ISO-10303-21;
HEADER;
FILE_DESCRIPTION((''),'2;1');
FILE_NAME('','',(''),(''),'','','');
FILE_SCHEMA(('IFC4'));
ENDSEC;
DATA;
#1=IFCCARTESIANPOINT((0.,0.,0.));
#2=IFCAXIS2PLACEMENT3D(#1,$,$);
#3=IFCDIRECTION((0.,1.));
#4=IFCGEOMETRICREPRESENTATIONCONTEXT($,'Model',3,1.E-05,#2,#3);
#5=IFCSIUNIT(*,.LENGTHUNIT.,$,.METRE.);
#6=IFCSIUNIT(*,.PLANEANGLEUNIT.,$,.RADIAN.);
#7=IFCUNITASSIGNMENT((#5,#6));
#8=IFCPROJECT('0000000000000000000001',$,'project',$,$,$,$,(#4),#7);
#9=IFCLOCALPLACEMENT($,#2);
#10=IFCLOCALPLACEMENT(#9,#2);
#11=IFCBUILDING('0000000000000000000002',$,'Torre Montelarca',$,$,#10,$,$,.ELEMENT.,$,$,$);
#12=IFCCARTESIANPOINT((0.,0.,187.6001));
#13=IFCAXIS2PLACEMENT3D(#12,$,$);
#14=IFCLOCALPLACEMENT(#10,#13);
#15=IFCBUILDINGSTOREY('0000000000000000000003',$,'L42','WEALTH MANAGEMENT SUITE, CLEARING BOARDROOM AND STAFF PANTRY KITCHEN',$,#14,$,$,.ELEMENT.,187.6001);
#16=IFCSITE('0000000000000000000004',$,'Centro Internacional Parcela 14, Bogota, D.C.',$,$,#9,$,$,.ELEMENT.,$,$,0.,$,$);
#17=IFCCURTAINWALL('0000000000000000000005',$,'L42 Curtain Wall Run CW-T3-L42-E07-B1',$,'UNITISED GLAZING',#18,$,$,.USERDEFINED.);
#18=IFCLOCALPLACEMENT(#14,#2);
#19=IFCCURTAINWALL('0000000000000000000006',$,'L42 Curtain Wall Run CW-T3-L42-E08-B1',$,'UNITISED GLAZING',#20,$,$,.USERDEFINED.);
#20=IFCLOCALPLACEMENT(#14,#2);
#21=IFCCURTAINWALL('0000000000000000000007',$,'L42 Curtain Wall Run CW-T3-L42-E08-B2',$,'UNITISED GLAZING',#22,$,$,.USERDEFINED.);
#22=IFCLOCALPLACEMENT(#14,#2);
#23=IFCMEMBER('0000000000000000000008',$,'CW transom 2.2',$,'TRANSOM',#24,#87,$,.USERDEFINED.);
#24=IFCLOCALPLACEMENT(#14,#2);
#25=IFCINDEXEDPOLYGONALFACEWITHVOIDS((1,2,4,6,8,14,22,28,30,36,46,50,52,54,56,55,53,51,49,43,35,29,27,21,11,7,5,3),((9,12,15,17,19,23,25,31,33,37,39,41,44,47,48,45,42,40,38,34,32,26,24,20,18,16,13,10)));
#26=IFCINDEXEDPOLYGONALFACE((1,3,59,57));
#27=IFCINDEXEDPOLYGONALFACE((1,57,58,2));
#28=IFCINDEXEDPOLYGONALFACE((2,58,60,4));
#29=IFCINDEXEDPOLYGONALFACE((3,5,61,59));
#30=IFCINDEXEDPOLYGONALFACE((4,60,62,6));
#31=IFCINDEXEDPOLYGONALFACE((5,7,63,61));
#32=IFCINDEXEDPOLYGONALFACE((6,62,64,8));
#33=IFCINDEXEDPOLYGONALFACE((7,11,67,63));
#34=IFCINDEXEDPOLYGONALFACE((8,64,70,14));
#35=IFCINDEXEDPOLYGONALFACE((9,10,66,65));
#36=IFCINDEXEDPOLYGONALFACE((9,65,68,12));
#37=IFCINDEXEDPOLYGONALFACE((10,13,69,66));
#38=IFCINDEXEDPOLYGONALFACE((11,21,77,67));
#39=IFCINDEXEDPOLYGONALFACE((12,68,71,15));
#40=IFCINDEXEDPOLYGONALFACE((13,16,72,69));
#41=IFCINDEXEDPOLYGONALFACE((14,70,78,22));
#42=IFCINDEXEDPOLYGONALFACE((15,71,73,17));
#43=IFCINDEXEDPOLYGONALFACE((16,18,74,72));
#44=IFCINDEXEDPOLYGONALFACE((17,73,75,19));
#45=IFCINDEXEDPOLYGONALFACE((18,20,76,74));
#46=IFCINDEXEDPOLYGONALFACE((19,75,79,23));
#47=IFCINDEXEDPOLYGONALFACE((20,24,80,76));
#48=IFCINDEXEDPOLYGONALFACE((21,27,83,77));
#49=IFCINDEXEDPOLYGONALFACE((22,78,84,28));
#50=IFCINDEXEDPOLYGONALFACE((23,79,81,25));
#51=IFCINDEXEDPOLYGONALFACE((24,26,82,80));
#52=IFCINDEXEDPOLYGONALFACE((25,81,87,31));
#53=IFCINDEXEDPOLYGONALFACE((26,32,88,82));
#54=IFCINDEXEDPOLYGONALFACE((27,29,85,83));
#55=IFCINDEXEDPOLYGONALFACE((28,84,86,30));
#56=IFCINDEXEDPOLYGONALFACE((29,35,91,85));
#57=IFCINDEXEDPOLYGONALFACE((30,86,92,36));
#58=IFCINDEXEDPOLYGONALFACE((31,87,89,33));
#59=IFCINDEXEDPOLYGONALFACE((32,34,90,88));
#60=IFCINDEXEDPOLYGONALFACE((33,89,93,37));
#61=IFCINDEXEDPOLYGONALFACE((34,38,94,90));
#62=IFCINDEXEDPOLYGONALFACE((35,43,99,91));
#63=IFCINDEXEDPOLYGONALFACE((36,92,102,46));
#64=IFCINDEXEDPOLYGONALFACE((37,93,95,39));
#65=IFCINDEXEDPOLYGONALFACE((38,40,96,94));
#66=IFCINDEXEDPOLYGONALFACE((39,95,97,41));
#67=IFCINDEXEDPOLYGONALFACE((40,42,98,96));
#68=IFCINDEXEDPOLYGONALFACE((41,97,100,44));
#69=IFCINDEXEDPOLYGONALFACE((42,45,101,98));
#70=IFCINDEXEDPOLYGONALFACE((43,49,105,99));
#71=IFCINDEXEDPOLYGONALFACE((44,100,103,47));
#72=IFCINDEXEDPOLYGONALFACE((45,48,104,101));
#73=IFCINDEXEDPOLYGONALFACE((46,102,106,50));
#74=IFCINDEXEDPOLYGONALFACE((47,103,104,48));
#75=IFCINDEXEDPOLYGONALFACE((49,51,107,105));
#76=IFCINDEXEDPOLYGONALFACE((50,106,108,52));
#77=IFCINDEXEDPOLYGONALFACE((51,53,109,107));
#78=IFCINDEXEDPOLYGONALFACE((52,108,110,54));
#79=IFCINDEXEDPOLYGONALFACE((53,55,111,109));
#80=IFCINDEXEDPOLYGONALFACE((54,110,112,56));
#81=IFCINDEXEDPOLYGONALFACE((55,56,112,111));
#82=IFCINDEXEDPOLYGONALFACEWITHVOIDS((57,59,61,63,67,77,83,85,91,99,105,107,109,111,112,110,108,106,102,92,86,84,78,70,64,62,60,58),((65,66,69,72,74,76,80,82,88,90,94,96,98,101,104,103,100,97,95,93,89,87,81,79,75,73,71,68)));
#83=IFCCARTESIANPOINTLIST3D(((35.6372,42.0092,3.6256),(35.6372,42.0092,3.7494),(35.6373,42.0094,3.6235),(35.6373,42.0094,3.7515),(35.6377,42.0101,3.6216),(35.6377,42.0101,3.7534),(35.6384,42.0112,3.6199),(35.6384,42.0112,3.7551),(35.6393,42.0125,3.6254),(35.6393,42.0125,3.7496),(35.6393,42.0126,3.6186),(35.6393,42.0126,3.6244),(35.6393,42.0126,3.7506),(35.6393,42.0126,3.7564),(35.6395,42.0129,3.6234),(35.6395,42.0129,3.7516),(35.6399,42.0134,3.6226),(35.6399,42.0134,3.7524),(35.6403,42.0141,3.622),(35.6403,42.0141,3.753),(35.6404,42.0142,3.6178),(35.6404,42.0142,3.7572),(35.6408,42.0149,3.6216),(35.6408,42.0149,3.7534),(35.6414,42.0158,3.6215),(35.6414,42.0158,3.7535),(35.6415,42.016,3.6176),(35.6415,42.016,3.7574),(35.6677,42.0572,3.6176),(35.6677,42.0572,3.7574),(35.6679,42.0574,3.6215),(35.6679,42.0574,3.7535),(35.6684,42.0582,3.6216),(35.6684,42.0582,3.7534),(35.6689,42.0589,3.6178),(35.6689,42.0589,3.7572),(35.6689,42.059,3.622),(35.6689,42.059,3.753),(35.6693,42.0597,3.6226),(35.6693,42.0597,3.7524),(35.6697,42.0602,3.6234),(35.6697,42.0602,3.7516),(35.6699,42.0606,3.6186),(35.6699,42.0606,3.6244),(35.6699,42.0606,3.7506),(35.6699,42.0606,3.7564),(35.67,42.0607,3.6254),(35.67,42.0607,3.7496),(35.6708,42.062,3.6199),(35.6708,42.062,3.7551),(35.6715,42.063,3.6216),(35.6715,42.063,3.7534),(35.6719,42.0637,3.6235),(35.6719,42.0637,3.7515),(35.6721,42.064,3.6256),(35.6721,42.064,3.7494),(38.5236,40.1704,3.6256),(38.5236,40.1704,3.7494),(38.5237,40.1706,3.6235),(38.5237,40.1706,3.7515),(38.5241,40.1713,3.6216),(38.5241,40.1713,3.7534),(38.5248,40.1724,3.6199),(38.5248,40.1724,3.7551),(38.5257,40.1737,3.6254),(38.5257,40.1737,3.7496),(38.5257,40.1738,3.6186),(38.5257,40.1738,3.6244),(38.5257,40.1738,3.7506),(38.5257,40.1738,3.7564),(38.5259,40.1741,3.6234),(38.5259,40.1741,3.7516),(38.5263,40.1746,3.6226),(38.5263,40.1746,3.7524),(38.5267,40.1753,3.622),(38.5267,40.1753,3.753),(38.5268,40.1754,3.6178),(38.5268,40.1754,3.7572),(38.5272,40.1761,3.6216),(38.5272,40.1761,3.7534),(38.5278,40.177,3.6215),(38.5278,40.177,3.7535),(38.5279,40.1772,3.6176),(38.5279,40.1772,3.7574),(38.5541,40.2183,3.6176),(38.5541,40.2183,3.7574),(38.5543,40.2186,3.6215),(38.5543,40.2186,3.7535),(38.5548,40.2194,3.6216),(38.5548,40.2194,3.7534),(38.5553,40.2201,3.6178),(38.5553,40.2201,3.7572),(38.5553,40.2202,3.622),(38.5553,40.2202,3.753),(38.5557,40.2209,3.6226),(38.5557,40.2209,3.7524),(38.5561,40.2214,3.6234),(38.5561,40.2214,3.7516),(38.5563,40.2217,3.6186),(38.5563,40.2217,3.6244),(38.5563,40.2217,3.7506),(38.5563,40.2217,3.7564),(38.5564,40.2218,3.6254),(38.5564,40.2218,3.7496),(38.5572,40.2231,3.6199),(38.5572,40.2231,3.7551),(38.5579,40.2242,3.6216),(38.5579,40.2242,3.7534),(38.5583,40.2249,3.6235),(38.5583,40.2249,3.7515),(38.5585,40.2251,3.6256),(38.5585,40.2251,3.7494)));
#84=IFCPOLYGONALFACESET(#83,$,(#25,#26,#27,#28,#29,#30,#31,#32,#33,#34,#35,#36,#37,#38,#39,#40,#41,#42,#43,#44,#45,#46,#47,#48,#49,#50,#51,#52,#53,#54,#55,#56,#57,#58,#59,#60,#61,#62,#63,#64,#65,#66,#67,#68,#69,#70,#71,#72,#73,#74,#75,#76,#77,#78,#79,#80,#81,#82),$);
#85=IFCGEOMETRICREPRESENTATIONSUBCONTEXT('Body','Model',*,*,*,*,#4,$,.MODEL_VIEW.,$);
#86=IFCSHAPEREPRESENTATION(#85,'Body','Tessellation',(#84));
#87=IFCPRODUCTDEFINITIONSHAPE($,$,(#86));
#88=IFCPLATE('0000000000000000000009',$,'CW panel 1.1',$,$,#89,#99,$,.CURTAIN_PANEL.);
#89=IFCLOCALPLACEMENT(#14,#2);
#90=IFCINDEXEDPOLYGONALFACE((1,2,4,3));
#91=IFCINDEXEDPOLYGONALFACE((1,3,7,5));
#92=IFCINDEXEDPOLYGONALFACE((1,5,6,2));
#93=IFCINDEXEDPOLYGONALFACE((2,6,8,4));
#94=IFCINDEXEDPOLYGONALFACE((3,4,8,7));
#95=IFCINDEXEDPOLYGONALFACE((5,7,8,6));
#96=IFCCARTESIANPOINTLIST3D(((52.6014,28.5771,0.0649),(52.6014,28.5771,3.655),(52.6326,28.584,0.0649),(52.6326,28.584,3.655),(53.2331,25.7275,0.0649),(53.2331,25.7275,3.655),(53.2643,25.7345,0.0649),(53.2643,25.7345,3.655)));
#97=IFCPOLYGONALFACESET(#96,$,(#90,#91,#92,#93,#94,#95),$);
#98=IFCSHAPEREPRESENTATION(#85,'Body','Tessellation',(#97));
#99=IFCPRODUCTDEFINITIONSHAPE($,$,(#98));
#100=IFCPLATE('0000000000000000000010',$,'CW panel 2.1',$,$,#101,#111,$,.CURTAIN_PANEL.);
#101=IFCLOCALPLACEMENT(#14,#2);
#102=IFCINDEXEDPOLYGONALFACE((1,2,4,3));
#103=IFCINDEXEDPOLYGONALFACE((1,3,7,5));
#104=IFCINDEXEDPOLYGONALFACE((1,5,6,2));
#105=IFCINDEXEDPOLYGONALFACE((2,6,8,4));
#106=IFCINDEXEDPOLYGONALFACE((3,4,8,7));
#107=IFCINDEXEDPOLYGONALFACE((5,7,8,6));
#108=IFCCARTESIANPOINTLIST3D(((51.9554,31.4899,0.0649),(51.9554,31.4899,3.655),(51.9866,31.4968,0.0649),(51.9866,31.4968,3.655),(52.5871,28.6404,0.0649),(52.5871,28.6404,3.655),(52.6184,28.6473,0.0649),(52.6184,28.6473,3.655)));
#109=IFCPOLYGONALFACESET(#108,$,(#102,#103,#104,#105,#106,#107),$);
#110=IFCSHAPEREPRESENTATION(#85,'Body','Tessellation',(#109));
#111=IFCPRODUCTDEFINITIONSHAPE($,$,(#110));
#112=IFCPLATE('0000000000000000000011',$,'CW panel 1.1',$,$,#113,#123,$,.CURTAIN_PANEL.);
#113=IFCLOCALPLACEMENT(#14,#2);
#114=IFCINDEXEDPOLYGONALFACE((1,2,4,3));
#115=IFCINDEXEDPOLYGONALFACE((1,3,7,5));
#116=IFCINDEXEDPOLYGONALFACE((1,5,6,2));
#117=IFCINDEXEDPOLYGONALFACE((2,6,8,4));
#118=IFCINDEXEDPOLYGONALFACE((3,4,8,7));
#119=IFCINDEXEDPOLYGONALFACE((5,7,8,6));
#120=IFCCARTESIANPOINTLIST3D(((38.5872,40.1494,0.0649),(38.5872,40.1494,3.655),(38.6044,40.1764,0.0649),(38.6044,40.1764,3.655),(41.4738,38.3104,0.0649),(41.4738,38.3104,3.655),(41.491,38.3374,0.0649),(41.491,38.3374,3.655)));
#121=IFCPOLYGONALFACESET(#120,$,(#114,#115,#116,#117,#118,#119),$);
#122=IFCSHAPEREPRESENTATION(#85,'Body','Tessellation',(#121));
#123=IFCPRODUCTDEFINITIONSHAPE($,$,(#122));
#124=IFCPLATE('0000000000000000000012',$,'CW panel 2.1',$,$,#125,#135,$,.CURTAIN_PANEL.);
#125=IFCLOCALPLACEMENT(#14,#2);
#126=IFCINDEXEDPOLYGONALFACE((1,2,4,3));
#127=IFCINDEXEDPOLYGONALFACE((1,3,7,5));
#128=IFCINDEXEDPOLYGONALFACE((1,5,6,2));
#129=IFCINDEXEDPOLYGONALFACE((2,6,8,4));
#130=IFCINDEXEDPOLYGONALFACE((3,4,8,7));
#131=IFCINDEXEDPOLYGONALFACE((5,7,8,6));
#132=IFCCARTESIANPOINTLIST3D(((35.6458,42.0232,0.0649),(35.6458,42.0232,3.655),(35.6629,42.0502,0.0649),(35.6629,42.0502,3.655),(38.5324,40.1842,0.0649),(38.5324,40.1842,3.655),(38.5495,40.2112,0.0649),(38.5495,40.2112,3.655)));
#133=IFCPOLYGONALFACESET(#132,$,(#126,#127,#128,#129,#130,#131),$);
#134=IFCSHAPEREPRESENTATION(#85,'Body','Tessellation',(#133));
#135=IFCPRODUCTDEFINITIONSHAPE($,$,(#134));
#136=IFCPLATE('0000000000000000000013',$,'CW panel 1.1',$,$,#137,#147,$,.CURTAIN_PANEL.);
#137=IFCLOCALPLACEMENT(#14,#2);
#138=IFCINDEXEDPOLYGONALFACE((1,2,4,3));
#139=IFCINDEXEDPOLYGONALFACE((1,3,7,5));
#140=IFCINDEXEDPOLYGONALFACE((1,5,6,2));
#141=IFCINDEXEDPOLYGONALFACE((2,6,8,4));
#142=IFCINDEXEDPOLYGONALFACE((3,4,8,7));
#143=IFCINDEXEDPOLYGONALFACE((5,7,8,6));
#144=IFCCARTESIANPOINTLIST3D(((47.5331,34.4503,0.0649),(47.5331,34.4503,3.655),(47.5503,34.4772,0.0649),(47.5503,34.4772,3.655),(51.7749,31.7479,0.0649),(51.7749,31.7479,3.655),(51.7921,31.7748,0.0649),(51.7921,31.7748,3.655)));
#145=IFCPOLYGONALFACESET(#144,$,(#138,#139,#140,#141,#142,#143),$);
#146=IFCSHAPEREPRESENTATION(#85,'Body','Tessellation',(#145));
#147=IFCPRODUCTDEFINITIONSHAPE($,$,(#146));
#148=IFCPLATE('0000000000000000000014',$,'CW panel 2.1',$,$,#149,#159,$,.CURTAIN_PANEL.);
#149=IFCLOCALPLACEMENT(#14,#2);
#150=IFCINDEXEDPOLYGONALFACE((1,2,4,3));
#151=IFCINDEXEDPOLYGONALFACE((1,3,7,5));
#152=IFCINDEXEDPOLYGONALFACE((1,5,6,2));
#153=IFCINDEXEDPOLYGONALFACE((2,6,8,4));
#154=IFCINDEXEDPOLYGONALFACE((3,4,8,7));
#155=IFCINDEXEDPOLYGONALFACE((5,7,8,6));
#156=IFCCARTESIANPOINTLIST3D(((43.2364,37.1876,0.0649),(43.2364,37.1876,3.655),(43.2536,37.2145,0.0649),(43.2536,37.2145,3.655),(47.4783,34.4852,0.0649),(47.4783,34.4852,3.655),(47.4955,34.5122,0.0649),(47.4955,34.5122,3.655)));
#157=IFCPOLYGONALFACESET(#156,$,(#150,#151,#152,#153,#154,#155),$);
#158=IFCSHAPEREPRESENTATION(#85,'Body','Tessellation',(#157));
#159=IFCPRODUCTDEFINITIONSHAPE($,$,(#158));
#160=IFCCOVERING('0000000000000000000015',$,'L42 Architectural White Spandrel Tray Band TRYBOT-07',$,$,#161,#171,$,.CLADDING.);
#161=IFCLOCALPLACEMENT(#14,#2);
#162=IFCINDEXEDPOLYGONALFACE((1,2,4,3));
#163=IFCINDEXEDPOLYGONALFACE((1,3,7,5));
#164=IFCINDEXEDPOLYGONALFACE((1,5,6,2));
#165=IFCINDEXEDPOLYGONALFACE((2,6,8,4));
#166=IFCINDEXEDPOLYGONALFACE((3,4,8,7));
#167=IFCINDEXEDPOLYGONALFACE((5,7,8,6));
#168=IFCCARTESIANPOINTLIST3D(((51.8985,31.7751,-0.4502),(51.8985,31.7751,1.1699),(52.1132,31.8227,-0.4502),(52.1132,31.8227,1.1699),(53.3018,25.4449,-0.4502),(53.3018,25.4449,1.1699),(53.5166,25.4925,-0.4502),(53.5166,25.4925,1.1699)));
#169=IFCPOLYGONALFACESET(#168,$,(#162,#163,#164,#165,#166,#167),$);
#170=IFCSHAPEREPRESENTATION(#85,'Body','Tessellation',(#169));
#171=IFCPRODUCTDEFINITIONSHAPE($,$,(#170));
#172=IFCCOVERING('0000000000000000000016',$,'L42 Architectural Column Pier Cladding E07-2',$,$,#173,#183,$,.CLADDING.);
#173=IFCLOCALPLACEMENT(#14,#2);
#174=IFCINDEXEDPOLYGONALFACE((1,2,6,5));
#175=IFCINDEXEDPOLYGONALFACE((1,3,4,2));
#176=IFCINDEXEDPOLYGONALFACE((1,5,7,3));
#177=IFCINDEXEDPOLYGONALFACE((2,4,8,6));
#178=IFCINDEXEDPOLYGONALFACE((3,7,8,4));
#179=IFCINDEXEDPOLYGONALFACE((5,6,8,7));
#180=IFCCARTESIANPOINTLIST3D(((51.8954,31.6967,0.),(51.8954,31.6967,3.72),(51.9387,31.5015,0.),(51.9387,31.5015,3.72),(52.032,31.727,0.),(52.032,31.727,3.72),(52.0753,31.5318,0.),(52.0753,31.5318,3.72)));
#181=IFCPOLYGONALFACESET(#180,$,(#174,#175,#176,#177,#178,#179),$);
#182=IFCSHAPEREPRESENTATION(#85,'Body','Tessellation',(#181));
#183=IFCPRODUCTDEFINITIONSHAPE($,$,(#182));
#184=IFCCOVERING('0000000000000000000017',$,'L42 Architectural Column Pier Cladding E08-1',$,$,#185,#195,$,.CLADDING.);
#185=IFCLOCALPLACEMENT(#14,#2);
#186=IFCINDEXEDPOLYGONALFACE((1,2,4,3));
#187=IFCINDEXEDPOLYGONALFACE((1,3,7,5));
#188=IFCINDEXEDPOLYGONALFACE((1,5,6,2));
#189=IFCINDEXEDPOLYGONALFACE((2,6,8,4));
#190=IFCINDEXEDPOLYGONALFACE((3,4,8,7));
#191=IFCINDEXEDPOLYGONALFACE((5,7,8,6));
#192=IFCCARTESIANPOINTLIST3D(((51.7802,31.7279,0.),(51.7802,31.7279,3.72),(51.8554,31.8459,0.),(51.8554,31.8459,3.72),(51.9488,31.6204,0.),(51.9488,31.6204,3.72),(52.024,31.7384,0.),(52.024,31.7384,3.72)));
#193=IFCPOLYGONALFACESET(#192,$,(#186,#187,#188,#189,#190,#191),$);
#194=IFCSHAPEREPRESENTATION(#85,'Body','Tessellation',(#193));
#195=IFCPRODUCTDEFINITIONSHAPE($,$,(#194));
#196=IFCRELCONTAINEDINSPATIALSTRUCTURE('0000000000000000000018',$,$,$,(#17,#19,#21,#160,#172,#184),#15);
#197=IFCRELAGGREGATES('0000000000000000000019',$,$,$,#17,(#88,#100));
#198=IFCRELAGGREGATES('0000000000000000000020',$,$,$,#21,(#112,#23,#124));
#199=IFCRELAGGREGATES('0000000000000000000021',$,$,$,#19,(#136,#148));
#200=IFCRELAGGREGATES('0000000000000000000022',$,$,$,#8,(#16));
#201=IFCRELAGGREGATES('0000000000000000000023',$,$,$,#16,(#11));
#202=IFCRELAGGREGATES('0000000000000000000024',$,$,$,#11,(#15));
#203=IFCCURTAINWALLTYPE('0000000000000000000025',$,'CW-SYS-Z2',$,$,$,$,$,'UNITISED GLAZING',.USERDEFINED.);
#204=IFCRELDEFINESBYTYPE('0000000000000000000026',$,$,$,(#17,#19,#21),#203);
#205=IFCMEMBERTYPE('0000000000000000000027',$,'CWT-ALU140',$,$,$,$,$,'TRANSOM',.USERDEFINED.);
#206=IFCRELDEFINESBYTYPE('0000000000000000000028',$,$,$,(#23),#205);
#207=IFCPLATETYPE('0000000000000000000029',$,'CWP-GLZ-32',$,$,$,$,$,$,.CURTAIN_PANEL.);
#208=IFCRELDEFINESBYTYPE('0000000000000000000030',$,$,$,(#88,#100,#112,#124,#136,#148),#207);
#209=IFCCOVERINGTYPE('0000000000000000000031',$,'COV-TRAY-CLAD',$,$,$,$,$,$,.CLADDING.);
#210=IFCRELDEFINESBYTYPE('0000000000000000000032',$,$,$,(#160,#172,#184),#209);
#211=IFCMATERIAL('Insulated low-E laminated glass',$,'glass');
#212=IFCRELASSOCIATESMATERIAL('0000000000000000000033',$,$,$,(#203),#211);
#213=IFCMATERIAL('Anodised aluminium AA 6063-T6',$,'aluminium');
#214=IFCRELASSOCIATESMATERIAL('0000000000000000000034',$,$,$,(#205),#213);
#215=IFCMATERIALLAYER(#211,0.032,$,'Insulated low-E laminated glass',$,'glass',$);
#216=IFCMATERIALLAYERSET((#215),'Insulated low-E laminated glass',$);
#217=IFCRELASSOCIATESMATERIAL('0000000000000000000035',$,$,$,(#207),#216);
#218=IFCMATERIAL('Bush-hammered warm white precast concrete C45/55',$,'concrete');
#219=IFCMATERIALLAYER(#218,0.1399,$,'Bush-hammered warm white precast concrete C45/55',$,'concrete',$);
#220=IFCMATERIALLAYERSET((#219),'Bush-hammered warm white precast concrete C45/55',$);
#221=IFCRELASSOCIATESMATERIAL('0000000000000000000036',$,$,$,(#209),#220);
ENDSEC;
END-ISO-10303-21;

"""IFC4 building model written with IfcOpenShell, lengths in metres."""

from ifc_helpers import new_model, si_unit, direction, frame, origin, origin_2d, place, context, subcontext, project, spatial, rectangle, hollow_rectangle, extrude, source, transform, mapped, material, layer, layer_set, material_profile, profile_set, type_object, element, aggregate, save


model = new_model("IFC4")

# Units and contexts
model_context = context("Model", 3, precision=1e-05, world=origin(), true_north=direction((0.0, 1.0)))
body_context = subcontext(model_context, "Body", "Model", "MODEL_VIEW")
ifc_project = project(units=[si_unit("LENGTHUNIT", "METRE"), si_unit("PLANEANGLEUNIT", "RADIAN")], contexts=[model_context])

# Site, building, storey
site_placement = place(None, origin())
site = spatial("IfcSite", under=ifc_project, at=site_placement, Name="Centro Internacional Parcela 14, Bogota, D.C.", CompositionType="ELEMENT", RefElevation=0.0)
building_placement = place(site_placement, origin())
building = spatial("IfcBuilding", under=site, at=building_placement, Name="Torre Montelarca", CompositionType="ELEMENT")
storey_placement = place(building_placement, frame((0.0, 0.0, 187.6001)))
storey = spatial("IfcBuildingStorey", under=building, at=storey_placement, Name="L42", Description="WEALTH MANAGEMENT SUITE, CLEARING BOARDROOM AND STAFF PANTRY KITCHEN", CompositionType="ELEMENT", Elevation=187.6001)

# Curtain walls
ifc_material_1 = material(Name="Insulated low-E laminated glass", Category="glass")
curtain_wall_type = type_object("IfcCurtainWallType", Name="CW-SYS-Z2", ElementType="UNITISED GLAZING", PredefinedType="USERDEFINED", material=ifc_material_1)
curtain_wall_1_placement = place(storey_placement, origin())
curtain_wall_1 = element("IfcCurtainWall", 1, at=curtain_wall_1_placement, inside=storey, type_object=curtain_wall_type, Name="L42 Curtain Wall Run CW-T3-L42-E07-B1", ObjectType="UNITISED GLAZING", PredefinedType="USERDEFINED")
ifc_material_2 = material(Name="Anodised aluminium AA 6063-T6", Category="aluminium")
ifc_material_profile_1 = material_profile(ifc_material_2, hollow_rectangle(XDim=0.0649, YDim=0.1399, WallThickness=0.0039, InnerFilletRadius=0.0039, OuterFilletRadius=0.0081, at=origin_2d()), Name="ALU65X140X4", Category="aluminium")
ifc_profile_set_1 = profile_set([ifc_material_profile_1], Name="Anodised aluminium AA 6063-T6")
member_type_1 = type_object("IfcMemberType", Name="CWT-ALU140", ElementType="TRANSOM", PredefinedType="USERDEFINED", material=ifc_profile_set_1)
curtain_wall_2_placement = place(storey_placement, origin())
curtain_wall_2 = element("IfcCurtainWall", 2, at=curtain_wall_2_placement, inside=storey, type_object=curtain_wall_type, Name="L42 Curtain Wall Run CW-T3-L42-E08-B1", ObjectType="UNITISED GLAZING", PredefinedType="USERDEFINED")
curtain_wall_3_placement = place(storey_placement, origin())
curtain_wall_3 = element("IfcCurtainWall", 3, at=curtain_wall_3_placement, inside=storey, type_object=curtain_wall_type, Name="L42 Curtain Wall Run CW-T3-L42-E08-B2", ObjectType="UNITISED GLAZING", PredefinedType="USERDEFINED")

# Member
shared_shape_1 = source(origin(), body_context, "Body", "SweptSolid", [
    extrude(hollow_rectangle(XDim=0.0649, YDim=0.1399, WallThickness=0.0039, InnerFilletRadius=0.0039, OuterFilletRadius=0.0081, at=origin_2d()), origin(), (0.0, 0.0, 1.0), 3.4224),
])
member_1_placement = place(storey_placement, frame((38.541, 40.1978, 3.6875), z_axis=(-0.843394, 0.537295, 0.0), x_axis=(-0.537295, -0.843394, 0.0)))
member_1 = element("IfcMember", 4, at=member_1_placement, type_object=member_type_1, Name="CW transom 2.2", ObjectType="TRANSOM", PredefinedType="USERDEFINED", context=body_context, shape_type="MappedRepresentation", body=[
    mapped(shared_shape_1, transform((0.0, 0.0, 0.0), scale=1.0)),
])

# Plates
ifc_layer_1 = layer(ifc_material_1, 0.032, Name="Insulated low-E laminated glass", Category="glass")
ifc_layer_set_1 = layer_set([ifc_layer_1], Name="Insulated low-E laminated glass")
plate_type = type_object("IfcPlateType", Name="CWP-GLZ-32", PredefinedType="CURTAIN_PANEL", material=ifc_layer_set_1)
shared_shape_2 = source(origin(), body_context, "Body", "SweptSolid", [
    extrude(rectangle(XDim=2.9187, YDim=0.032, at=origin_2d()), origin(), (0.0, 0.0, 1.0), 3.5901),
])
plate_1_placement = place(storey_placement, frame((52.9329, 27.1558, 0.0649), z_axis=(0.0, 0.0, 1.0), x_axis=(-0.216448, 0.976294, 0.0)))
plate_1 = element("IfcPlate", 5, at=plate_1_placement, type_object=plate_type, Name="CW panel 1.1", PredefinedType="CURTAIN_PANEL", context=body_context, shape_type="MappedRepresentation", body=[
    mapped(shared_shape_2, transform((0.0, 0.0, 0.0), scale=1.0)),
])
plate_2_placement = place(storey_placement, frame((52.2869, 30.0686, 0.0649), z_axis=(0.0, 0.0, 1.0), x_axis=(-0.216448, 0.976294, 0.0)))
plate_2 = element("IfcPlate", 6, at=plate_2_placement, type_object=plate_type, Name="CW panel 2.1", PredefinedType="CURTAIN_PANEL", context=body_context, shape_type="MappedRepresentation", body=[
    mapped(shared_shape_2, transform((0.0, 0.0, 0.0), scale=1.0)),
])
aggregate(curtain_wall_1, [plate_1, plate_2])
shared_shape_3 = source(origin(), body_context, "Body", "SweptSolid", [
    extrude(rectangle(XDim=3.4226, YDim=0.032, at=origin_2d()), origin(), (0.0, 0.0, 1.0), 3.5901),
])
plate_3_placement = place(storey_placement, frame((40.0391, 39.2434, 0.0649), z_axis=(0.0, 0.0, 1.0), x_axis=(-0.843392, 0.537299, 0.0)))
plate_3 = element("IfcPlate", 7, at=plate_3_placement, type_object=plate_type, Name="CW panel 1.1", PredefinedType="CURTAIN_PANEL", context=body_context, shape_type="MappedRepresentation", body=[
    mapped(shared_shape_3, transform((0.0, 0.0, 0.0), scale=1.0)),
])
plate_4_placement = place(storey_placement, frame((37.0977, 41.1172, 0.0649), z_axis=(0.0, 0.0, 1.0), x_axis=(-0.843392, 0.537299, 0.0)))
plate_4 = element("IfcPlate", 8, at=plate_4_placement, type_object=plate_type, Name="CW panel 2.1", PredefinedType="CURTAIN_PANEL", context=body_context, shape_type="MappedRepresentation", body=[
    mapped(shared_shape_3, transform((0.0, 0.0, 0.0), scale=1.0)),
])
aggregate(curtain_wall_3, [plate_3, member_1, plate_4])
shared_shape_4 = source(origin(), body_context, "Body", "SweptSolid", [
    extrude(rectangle(XDim=5.0295, YDim=0.032, at=origin_2d()), origin(), (0.0, 0.0, 1.0), 3.5901),
])
plate_5_placement = place(storey_placement, frame((49.6626, 33.1125, 0.0649), z_axis=(0.0, 0.0, 1.0), x_axis=(-0.84339, 0.537301, 0.0)))
plate_5 = element("IfcPlate", 9, at=plate_5_placement, type_object=plate_type, Name="CW panel 1.1", PredefinedType="CURTAIN_PANEL", context=body_context, shape_type="MappedRepresentation", body=[
    mapped(shared_shape_4, transform((0.0, 0.0, 0.0), scale=1.0)),
])
plate_6_placement = place(storey_placement, frame((45.366, 35.8499, 0.0649), z_axis=(0.0, 0.0, 1.0), x_axis=(-0.84339, 0.537301, 0.0)))
plate_6 = element("IfcPlate", 10, at=plate_6_placement, type_object=plate_type, Name="CW panel 2.1", PredefinedType="CURTAIN_PANEL", context=body_context, shape_type="MappedRepresentation", body=[
    mapped(shared_shape_4, transform((0.0, 0.0, 0.0), scale=1.0)),
])
aggregate(curtain_wall_2, [plate_5, plate_6])

# Coverings
ifc_material_3 = material(Name="Bush-hammered warm white precast concrete C45/55", Category="concrete")
ifc_layer_2 = layer(ifc_material_3, 0.1399, Name="Bush-hammered warm white precast concrete C45/55", Category="concrete")
ifc_layer_set_2 = layer_set([ifc_layer_2], Name="Bush-hammered warm white precast concrete C45/55")
covering_type = type_object("IfcCoveringType", Name="COV-TRAY-CLAD", PredefinedType="CLADDING", material=ifc_layer_set_2)
shared_shape_5 = source(origin(), body_context, "Body", "SweptSolid", [
    extrude(rectangle(XDim=6.4839, YDim=0.22, at=origin_2d()), origin(), (0.0, 0.0, 1.0), 1.6201),
])
covering_1_placement = place(storey_placement, frame((52.7075, 28.6338, -0.4502), z_axis=(0.0, 0.0, 1.0), x_axis=(-0.216438, 0.976296, 0.0)))
element("IfcCovering", 11, at=covering_1_placement, inside=storey, type_object=covering_type, Name="L42 Architectural White Spandrel Tray Band TRYBOT-07", PredefinedType="CLADDING", context=body_context, shape_type="MappedRepresentation", body=[
    mapped(shared_shape_5, transform((0.0, 0.0, 0.0), scale=1.0)),
])
shared_shape_6 = source(origin(), body_context, "Body", "SweptSolid", [
    extrude(rectangle(XDim=0.2, YDim=0.1399, at=origin_2d()), origin(), (0.0, 0.0, 1.0), 3.72),
])
for number, where, z_axis, x_axis, name in (
    (12, (51.9854, 31.6143, 0.0), (0.0, 0.0, 1.0), (-0.216436, 0.976297, 0.0), "L42 Architectural Column Pier Cladding E07-2"),
    (13, (51.9021, 31.7332, 0.0), (0.0, 0.0, 1.0), (-0.843391, 0.537301, 0.0), "L42 Architectural Column Pier Cladding E08-1"),
):
    element("IfcCovering", number, at=place(storey_placement, frame(where, z_axis=z_axis, x_axis=x_axis)), inside=storey, type_object=covering_type, Name=name, PredefinedType="CLADDING", context=body_context, shape_type="MappedRepresentation", body=[
        mapped(shared_shape_6, transform((0.0, 0.0, 0.0), scale=1.0)),
    ])

save(model, "model.ifc")
